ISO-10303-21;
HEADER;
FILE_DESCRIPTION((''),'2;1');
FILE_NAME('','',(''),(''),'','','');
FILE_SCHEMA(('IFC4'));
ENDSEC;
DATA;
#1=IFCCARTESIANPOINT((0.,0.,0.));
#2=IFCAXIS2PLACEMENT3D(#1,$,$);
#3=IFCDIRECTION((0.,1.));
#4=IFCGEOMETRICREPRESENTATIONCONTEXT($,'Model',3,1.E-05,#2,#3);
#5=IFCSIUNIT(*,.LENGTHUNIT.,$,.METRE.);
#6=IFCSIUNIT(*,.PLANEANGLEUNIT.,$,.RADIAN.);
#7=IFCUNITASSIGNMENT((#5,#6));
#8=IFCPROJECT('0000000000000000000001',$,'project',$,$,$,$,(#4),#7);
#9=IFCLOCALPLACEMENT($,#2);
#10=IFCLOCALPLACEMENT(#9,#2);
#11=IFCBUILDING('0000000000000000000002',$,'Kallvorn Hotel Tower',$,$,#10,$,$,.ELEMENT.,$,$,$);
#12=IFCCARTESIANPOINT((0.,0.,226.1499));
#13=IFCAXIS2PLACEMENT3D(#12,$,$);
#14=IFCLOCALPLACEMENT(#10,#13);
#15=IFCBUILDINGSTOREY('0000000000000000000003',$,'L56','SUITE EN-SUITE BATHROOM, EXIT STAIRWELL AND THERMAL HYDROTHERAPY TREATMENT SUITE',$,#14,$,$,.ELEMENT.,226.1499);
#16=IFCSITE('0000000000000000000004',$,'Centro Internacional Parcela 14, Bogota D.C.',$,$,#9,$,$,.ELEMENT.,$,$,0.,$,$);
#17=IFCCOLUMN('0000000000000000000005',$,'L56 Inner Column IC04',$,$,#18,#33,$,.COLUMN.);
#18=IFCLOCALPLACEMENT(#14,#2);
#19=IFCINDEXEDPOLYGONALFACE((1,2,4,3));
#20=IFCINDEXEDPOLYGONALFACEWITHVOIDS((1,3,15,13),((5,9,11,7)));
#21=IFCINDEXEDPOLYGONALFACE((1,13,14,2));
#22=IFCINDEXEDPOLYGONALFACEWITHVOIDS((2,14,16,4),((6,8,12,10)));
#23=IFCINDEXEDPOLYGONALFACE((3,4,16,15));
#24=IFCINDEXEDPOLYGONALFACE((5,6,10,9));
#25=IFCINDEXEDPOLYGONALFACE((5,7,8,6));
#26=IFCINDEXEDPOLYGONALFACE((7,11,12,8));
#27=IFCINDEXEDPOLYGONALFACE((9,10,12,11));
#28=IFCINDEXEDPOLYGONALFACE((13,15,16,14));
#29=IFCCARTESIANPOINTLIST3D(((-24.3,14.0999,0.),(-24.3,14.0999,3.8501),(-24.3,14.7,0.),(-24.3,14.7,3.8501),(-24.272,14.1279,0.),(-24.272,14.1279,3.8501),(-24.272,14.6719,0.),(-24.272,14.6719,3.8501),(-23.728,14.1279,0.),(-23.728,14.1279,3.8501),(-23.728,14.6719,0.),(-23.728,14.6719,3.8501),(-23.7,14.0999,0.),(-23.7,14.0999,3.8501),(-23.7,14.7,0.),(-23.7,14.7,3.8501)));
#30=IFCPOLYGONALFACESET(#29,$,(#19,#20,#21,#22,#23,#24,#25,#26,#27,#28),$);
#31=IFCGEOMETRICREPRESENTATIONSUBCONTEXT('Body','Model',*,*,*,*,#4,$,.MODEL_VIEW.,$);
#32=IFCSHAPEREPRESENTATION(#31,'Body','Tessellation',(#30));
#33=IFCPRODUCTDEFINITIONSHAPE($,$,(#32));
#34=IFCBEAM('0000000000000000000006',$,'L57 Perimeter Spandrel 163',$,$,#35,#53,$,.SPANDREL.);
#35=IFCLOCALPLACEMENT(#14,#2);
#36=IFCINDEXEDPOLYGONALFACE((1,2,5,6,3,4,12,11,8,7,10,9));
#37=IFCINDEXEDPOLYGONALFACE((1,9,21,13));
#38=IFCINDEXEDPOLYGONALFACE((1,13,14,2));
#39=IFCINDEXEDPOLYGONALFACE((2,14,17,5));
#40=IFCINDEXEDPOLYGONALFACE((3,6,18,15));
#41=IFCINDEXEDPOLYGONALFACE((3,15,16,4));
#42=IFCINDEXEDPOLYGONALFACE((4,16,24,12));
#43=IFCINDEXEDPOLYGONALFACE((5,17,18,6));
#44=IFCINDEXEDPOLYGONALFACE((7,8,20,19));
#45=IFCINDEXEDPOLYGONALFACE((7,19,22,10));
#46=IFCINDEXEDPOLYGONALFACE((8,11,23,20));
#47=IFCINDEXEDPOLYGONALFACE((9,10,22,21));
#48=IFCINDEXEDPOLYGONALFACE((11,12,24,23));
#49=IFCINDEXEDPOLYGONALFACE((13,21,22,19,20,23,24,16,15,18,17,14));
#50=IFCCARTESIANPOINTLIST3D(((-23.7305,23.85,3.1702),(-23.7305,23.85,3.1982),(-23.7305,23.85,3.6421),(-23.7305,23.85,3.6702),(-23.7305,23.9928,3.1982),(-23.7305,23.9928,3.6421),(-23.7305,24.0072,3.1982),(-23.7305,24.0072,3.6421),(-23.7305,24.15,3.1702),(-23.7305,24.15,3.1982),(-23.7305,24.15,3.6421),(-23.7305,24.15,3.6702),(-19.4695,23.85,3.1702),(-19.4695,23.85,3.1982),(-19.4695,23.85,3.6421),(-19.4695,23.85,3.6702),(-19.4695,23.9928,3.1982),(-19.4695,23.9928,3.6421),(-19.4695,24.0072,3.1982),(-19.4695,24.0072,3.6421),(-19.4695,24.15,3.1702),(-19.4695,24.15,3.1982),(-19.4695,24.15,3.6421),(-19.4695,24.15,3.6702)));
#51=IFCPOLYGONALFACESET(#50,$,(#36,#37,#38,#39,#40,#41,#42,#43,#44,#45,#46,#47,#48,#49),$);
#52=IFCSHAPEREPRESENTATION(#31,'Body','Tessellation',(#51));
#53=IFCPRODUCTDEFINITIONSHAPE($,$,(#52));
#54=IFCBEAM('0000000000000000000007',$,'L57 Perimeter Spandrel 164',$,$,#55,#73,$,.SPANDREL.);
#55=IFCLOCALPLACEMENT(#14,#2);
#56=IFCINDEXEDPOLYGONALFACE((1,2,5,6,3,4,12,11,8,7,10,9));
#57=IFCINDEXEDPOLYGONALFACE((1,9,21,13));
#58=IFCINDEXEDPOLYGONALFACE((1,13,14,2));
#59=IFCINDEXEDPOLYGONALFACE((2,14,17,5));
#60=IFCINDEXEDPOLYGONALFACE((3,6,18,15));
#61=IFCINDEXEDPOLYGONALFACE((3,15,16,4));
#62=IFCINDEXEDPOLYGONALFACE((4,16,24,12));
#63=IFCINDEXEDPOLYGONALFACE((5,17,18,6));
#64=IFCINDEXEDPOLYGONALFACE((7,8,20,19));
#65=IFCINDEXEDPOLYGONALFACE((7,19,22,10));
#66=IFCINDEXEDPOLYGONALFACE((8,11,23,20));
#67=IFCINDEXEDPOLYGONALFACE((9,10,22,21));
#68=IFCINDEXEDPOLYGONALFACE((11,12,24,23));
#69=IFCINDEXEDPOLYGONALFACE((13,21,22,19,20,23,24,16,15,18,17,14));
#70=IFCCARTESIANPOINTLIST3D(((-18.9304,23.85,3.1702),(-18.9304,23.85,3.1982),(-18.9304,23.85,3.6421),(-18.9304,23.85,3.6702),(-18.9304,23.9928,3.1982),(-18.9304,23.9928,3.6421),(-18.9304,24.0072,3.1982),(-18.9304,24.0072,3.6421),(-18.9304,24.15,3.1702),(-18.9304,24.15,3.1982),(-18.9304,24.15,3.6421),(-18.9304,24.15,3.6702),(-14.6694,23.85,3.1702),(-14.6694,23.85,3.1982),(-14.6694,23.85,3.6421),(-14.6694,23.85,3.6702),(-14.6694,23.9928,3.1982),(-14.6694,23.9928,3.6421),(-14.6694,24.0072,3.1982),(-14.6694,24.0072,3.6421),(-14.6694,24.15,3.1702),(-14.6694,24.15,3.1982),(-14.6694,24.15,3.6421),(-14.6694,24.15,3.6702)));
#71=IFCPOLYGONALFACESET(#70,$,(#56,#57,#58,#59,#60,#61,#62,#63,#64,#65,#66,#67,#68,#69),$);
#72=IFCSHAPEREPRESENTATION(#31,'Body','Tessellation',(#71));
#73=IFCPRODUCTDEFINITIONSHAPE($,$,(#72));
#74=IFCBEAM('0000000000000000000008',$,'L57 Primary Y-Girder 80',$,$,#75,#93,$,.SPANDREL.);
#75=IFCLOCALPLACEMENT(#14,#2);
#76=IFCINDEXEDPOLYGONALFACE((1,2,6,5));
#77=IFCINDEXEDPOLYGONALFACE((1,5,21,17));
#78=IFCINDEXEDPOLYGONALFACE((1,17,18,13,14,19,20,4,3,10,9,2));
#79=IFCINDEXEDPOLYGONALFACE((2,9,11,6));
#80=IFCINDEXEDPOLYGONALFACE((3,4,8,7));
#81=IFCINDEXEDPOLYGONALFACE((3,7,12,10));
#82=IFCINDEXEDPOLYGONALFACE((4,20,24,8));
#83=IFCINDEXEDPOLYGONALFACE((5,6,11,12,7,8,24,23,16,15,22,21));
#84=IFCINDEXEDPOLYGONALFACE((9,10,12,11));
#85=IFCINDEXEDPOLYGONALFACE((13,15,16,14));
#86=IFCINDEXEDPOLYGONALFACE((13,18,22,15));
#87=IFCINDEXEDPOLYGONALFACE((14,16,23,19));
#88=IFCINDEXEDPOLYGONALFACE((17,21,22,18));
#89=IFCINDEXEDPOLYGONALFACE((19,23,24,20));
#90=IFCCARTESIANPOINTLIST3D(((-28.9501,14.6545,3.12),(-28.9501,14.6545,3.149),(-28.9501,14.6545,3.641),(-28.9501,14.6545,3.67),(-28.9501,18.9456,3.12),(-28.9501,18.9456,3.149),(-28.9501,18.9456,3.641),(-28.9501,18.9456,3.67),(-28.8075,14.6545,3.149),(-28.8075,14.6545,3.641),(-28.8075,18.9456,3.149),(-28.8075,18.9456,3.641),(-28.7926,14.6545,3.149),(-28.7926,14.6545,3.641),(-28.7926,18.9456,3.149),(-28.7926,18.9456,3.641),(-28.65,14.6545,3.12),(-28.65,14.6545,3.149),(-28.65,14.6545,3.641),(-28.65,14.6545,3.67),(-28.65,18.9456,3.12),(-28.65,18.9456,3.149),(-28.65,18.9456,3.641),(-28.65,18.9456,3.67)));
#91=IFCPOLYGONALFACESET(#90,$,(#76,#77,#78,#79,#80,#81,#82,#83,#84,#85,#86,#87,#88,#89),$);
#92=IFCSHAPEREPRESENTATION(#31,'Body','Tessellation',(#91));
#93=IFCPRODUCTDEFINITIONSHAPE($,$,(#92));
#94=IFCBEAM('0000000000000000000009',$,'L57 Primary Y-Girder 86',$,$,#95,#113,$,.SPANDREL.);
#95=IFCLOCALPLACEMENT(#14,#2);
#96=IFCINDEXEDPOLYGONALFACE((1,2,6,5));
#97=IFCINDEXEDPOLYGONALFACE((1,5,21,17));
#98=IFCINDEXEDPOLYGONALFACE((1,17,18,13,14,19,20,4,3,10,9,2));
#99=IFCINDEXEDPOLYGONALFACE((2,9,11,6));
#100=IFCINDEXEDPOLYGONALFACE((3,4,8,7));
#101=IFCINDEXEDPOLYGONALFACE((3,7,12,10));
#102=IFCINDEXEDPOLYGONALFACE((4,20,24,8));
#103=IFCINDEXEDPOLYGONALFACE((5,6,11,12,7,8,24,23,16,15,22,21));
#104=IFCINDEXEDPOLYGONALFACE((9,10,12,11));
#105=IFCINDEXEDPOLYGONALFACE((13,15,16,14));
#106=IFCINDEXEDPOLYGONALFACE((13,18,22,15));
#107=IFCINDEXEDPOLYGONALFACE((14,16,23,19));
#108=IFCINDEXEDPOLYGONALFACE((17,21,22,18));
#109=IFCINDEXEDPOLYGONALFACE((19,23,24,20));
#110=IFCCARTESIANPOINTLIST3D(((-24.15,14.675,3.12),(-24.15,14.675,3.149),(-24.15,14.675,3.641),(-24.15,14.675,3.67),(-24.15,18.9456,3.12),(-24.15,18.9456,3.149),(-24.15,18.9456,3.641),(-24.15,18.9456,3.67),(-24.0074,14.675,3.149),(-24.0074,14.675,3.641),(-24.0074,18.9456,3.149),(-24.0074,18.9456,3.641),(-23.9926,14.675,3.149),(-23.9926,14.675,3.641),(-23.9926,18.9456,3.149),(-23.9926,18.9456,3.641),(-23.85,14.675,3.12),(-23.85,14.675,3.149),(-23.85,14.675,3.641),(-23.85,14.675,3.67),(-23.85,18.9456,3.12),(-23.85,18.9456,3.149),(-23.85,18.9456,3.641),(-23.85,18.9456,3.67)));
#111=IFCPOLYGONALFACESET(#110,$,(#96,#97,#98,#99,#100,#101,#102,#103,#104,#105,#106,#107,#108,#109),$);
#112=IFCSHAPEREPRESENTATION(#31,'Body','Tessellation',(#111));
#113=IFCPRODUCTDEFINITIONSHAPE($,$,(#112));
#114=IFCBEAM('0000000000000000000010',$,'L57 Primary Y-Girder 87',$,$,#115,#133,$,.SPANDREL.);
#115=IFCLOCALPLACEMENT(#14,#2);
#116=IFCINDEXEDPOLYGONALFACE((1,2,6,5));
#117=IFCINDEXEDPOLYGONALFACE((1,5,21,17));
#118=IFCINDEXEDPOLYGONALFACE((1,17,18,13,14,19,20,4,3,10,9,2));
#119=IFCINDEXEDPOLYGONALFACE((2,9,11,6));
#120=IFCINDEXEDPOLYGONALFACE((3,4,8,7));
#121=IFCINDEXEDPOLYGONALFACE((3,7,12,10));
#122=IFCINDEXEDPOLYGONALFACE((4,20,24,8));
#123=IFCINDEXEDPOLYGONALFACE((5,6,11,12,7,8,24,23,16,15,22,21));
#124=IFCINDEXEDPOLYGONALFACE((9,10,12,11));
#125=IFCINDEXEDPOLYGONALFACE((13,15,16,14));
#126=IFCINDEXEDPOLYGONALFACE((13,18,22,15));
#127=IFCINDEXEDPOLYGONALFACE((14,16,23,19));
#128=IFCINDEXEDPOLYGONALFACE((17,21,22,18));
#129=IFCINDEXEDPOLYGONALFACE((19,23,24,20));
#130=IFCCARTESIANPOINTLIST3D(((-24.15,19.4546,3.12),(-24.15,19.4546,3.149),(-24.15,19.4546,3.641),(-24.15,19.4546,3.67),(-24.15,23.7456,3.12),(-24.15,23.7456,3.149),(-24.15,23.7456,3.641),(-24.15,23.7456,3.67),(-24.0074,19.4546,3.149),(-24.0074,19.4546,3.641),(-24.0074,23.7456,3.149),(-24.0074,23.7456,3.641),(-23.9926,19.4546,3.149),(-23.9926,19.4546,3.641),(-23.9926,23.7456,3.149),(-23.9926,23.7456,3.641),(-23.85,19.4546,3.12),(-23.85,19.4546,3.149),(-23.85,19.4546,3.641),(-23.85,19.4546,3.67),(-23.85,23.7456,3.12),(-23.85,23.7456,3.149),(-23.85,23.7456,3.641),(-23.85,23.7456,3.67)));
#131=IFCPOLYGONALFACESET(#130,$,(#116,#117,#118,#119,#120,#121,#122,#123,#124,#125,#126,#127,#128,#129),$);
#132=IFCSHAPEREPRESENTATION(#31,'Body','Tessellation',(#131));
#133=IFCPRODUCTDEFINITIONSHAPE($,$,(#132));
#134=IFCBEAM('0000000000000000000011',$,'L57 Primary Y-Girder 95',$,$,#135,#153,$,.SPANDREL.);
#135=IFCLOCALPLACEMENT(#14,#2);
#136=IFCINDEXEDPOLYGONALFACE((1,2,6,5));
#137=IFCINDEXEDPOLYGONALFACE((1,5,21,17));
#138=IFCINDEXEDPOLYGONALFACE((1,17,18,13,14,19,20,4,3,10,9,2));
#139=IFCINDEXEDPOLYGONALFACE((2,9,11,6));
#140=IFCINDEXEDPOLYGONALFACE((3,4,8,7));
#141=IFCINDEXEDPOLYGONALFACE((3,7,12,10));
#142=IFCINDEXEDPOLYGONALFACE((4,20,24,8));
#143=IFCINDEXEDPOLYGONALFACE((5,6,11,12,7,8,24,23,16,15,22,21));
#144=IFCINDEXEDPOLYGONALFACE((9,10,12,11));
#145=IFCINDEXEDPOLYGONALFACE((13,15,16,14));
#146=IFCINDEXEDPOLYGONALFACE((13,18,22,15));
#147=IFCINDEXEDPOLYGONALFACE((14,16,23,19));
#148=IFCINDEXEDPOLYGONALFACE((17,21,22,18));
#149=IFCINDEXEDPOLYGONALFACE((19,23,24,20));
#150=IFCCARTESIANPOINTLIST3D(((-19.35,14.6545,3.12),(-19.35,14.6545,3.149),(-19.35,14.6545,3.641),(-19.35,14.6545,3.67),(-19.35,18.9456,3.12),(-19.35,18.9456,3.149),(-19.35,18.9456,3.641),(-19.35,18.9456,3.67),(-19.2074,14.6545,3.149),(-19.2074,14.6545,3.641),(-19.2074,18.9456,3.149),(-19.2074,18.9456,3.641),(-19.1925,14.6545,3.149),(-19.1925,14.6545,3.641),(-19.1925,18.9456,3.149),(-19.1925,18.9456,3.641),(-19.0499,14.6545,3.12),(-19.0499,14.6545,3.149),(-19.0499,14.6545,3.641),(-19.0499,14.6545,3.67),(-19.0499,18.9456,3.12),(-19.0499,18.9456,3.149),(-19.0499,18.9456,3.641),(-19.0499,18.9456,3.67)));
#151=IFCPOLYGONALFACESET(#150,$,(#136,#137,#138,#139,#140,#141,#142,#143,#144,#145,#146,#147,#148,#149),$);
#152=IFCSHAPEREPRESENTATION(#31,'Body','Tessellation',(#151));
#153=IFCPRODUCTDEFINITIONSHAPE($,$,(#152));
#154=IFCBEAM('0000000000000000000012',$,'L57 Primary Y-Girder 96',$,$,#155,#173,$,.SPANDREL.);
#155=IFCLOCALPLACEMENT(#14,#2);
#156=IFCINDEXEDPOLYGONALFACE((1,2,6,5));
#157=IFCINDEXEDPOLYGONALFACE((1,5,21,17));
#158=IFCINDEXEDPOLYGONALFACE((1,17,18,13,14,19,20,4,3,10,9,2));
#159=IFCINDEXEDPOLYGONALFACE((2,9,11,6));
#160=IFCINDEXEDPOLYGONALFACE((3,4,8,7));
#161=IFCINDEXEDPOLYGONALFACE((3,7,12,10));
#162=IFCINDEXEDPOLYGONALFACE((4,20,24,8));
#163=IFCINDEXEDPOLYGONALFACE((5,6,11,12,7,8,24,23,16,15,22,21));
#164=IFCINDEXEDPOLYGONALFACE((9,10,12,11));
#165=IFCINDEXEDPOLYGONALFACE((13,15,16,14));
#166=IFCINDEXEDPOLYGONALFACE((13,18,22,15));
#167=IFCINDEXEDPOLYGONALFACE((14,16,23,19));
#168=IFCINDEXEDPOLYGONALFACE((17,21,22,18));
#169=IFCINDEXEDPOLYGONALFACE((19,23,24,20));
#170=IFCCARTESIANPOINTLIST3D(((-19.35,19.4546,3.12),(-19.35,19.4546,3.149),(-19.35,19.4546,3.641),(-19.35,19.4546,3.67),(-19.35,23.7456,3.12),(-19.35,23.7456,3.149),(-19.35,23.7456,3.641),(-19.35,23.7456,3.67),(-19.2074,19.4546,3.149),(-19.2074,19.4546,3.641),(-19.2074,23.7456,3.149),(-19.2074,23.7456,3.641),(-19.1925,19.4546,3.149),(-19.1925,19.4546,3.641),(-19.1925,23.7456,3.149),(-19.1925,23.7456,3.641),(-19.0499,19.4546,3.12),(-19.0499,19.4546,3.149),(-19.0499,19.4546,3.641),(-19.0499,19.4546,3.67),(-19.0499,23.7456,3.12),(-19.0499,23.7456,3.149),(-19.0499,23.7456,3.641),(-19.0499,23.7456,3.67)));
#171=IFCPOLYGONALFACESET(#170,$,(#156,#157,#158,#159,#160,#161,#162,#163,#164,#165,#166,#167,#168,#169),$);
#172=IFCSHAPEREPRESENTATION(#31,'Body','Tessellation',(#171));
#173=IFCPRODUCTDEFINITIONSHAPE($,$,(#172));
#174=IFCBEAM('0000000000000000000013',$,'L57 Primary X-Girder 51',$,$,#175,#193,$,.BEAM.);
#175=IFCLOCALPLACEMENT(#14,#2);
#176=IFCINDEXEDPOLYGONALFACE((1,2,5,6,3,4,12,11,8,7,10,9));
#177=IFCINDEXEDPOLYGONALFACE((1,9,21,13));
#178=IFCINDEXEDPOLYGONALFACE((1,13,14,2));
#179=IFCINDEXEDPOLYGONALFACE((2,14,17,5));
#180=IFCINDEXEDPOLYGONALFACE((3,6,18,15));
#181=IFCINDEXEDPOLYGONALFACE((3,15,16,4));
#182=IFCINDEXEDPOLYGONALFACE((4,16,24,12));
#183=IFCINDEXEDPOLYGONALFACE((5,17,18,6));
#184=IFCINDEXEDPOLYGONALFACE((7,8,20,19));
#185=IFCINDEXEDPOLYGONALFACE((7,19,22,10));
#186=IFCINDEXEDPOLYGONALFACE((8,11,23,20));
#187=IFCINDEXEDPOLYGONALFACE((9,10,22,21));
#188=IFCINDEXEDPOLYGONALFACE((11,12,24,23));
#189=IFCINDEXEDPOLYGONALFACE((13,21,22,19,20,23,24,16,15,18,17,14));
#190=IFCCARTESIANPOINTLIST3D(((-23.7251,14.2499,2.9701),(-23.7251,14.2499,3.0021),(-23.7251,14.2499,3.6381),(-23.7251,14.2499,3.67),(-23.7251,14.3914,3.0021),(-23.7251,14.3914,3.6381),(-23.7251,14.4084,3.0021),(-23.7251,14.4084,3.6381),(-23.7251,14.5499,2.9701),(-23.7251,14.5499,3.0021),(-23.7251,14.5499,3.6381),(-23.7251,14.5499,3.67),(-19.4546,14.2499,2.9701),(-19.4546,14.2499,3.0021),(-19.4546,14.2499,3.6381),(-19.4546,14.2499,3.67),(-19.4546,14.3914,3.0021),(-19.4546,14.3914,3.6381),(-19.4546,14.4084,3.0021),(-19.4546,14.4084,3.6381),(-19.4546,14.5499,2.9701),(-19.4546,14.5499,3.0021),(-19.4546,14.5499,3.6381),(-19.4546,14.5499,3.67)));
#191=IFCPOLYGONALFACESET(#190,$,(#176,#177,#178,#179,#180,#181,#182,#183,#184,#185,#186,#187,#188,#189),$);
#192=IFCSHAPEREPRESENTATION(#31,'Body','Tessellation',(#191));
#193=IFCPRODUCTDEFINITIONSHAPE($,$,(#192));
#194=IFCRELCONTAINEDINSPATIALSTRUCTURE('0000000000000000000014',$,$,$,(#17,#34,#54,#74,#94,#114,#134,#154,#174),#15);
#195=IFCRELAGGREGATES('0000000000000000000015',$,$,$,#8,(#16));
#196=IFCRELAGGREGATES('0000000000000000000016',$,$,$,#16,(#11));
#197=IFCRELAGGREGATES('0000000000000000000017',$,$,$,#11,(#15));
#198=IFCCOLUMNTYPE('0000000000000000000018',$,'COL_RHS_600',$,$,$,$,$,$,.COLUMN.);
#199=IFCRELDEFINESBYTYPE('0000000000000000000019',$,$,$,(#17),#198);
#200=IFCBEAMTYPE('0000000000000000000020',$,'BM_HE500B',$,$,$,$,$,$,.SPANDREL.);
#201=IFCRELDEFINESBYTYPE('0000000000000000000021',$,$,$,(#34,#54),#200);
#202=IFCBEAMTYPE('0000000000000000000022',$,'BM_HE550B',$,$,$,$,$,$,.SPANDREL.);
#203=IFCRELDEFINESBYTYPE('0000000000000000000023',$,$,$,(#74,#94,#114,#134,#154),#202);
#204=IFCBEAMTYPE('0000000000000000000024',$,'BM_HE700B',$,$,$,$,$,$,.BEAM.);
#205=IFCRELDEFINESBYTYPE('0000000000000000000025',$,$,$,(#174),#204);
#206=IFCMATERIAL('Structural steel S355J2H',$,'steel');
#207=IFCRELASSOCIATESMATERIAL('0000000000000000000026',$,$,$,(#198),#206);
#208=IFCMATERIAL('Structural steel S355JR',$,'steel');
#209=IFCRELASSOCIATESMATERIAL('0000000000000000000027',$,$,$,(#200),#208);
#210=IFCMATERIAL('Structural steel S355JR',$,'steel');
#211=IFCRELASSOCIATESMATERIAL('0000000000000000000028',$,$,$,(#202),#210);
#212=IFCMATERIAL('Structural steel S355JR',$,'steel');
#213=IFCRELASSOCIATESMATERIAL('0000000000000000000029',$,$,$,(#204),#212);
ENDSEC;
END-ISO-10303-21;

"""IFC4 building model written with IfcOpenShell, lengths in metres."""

from ifc_helpers import new_model, si_unit, direction, frame, origin, origin_2d, place, context, subcontext, project, spatial, hollow_rectangle, i_section, extrude, material, material_profile, profile_set, type_object, element, save


model = new_model("IFC4")

# Units and contexts
model_context = context("Model", 3, precision=1e-05, world=origin(), true_north=direction((0.0, 1.0)))
body_context = subcontext(model_context, "Body", "Model", "MODEL_VIEW")
ifc_project = project(units=[si_unit("LENGTHUNIT", "METRE"), si_unit("PLANEANGLEUNIT", "RADIAN")], contexts=[model_context])

# Site, building, storey
site_placement = place(None, origin())
site = spatial("IfcSite", under=ifc_project, at=site_placement, Name="Centro Internacional Parcela 14, Bogota D.C.", CompositionType="ELEMENT", RefElevation=0.0)
building_placement = place(site_placement, origin())
building = spatial("IfcBuilding", under=site, at=building_placement, Name="Kallvorn Hotel Tower", CompositionType="ELEMENT")
storey_placement = place(building_placement, frame((0.0, 0.0, 226.1499)))
storey = spatial("IfcBuildingStorey", under=building, at=storey_placement, Name="L56", Description="SUITE EN-SUITE BATHROOM, EXIT STAIRWELL AND THERMAL HYDROTHERAPY TREATMENT SUITE", CompositionType="ELEMENT", Elevation=226.1499)

# Column
ifc_material_1 = material(Name="Structural steel S355J2H", Category="steel")
ifc_material_profile_1 = material_profile(ifc_material_1, hollow_rectangle(XDim=0.6001, YDim=0.6001, WallThickness=0.0281, at=origin_2d()), Name="RHS 600x600x28")
ifc_profile_set_1 = profile_set([ifc_material_profile_1], Name="Structural steel S355J2H")
column_type_1 = type_object("IfcColumnType", Name="COL_RHS_600", PredefinedType="COLUMN", material=ifc_profile_set_1)
column_placement = place(storey_placement, frame((-24.0, 14.3999, 0.0), z_axis=(0.0, 0.0, 1.0), x_axis=(1.0, 0.0, 0.0)))
element("IfcColumn", 1, at=column_placement, inside=storey, type_object=column_type_1, Name="L56 Inner Column IC04", PredefinedType="COLUMN", context=body_context, shape_type="SweptSolid", body=[
    extrude(hollow_rectangle(XDim=0.6001, YDim=0.6001, WallThickness=0.0281, at=origin_2d()), origin(), (0.0, 0.0, 1.0), 3.8501),
])

# Beams
ifc_material_2 = material(Name="Structural steel S355JR", Category="steel")
ifc_material_profile_2 = material_profile(ifc_material_2, i_section(OverallWidth=0.3, OverallDepth=0.5, WebThickness=0.0144, FlangeThickness=0.0281, at=origin_2d()), Name="HE 500 B")
ifc_profile_set_2 = profile_set([ifc_material_profile_2], Name="Structural steel S355JR")
beam_type_1 = type_object("IfcBeamType", Name="BM_HE500B", PredefinedType="SPANDREL", material=ifc_profile_set_2)
for number, where, z_axis, x_axis, name in (
    (2, (-23.7305, 24.0, 3.4202), (1.0, 0.0, 0.0), (0.0, 1.0, 0.0), "L57 Perimeter Spandrel 163"),
    (3, (-18.9304, 24.0, 3.4202), (1.0, 0.0, 0.0), (0.0, 1.0, 0.0), "L57 Perimeter Spandrel 164"),
):
    element("IfcBeam", number, at=place(storey_placement, frame(where, z_axis=z_axis, x_axis=x_axis)), inside=storey, type_object=beam_type_1, Name=name, PredefinedType="SPANDREL", context=body_context, shape_type="SweptSolid", body=[
        extrude(i_section(OverallWidth=0.3, OverallDepth=0.5, WebThickness=0.0144, FlangeThickness=0.0281, at=origin_2d()), origin(), (0.0, 0.0, 1.0), 4.261),
    ])
ifc_material_3 = material(Name="Structural steel S355JR", Category="steel")
ifc_material_profile_3 = material_profile(ifc_material_3, i_section(OverallWidth=0.3, OverallDepth=0.55, WebThickness=0.0149, FlangeThickness=0.0291, at=origin_2d()), Name="HE 550 B")
ifc_profile_set_3 = profile_set([ifc_material_profile_3], Name="Structural steel S355JR")
beam_type_2 = type_object("IfcBeamType", Name="BM_HE550B", PredefinedType="SPANDREL", material=ifc_profile_set_3)
beam_1_placement = place(storey_placement, frame((-28.8, 14.6545, 3.395), z_axis=(0.0, 1.0, 0.0), x_axis=(-1.0, 0.0, 0.0)))
element("IfcBeam", 4, at=beam_1_placement, inside=storey, type_object=beam_type_2, Name="L57 Primary Y-Girder 80", PredefinedType="SPANDREL", context=body_context, shape_type="SweptSolid", body=[
    extrude(i_section(OverallWidth=0.3, OverallDepth=0.55, WebThickness=0.0149, FlangeThickness=0.0291, at=origin_2d()), origin(), (0.0, 0.0, 1.0), 4.291),
])
beam_2_placement = place(storey_placement, frame((-24.0, 14.675, 3.395), z_axis=(0.0, 1.0, 0.0), x_axis=(-1.0, 0.0, 0.0)))
element("IfcBeam", 5, at=beam_2_placement, inside=storey, type_object=beam_type_2, Name="L57 Primary Y-Girder 86", PredefinedType="SPANDREL", context=body_context, shape_type="SweptSolid", body=[
    extrude(i_section(OverallWidth=0.3, OverallDepth=0.55, WebThickness=0.0149, FlangeThickness=0.0291, at=origin_2d()), origin(), (0.0, 0.0, 1.0), 4.2705),
])
for number, where, z_axis, x_axis, name in (
    (6, (-24.0, 19.4546, 3.395), (0.0, 1.0, 0.0), (-1.0, 0.0, 0.0), "L57 Primary Y-Girder 87"),
    (7, (-19.2, 14.6545, 3.395), (0.0, 1.0, 0.0), (-1.0, 0.0, 0.0), "L57 Primary Y-Girder 95"),
    (8, (-19.2, 19.4546, 3.395), (0.0, 1.0, 0.0), (-1.0, 0.0, 0.0), "L57 Primary Y-Girder 96"),
):
    element("IfcBeam", number, at=place(storey_placement, frame(where, z_axis=z_axis, x_axis=x_axis)), inside=storey, type_object=beam_type_2, Name=name, PredefinedType="SPANDREL", context=body_context, shape_type="SweptSolid", body=[
        extrude(i_section(OverallWidth=0.3, OverallDepth=0.55, WebThickness=0.0149, FlangeThickness=0.0291, at=origin_2d()), origin(), (0.0, 0.0, 1.0), 4.291),
    ])
ifc_material_4 = material(Name="Structural steel S355JR", Category="steel")
ifc_material_profile_4 = material_profile(ifc_material_4, i_section(OverallWidth=0.3, OverallDepth=0.7, WebThickness=0.0171, FlangeThickness=0.032, at=origin_2d()), Name="HE 700 B")
ifc_profile_set_4 = profile_set([ifc_material_profile_4], Name="Structural steel S355JR")
beam_type_3 = type_object("IfcBeamType", Name="BM_HE700B", PredefinedType="BEAM", material=ifc_profile_set_4)
for number, where, z_axis, x_axis, name in (
    (9, (-23.7251, 14.3999, 3.3201), (1.0, 0.0, 0.0), (0.0, 1.0, 0.0), "L57 Primary X-Girder 51"),
):
    element("IfcBeam", number, at=place(storey_placement, frame(where, z_axis=z_axis, x_axis=x_axis)), inside=storey, type_object=beam_type_3, Name=name, PredefinedType="BEAM", context=body_context, shape_type="SweptSolid", body=[
        extrude(i_section(OverallWidth=0.3, OverallDepth=0.7, WebThickness=0.0171, FlangeThickness=0.032, at=origin_2d()), origin(), (0.0, 0.0, 1.0), 4.2705),
    ])

save(model, "model.ifc")
